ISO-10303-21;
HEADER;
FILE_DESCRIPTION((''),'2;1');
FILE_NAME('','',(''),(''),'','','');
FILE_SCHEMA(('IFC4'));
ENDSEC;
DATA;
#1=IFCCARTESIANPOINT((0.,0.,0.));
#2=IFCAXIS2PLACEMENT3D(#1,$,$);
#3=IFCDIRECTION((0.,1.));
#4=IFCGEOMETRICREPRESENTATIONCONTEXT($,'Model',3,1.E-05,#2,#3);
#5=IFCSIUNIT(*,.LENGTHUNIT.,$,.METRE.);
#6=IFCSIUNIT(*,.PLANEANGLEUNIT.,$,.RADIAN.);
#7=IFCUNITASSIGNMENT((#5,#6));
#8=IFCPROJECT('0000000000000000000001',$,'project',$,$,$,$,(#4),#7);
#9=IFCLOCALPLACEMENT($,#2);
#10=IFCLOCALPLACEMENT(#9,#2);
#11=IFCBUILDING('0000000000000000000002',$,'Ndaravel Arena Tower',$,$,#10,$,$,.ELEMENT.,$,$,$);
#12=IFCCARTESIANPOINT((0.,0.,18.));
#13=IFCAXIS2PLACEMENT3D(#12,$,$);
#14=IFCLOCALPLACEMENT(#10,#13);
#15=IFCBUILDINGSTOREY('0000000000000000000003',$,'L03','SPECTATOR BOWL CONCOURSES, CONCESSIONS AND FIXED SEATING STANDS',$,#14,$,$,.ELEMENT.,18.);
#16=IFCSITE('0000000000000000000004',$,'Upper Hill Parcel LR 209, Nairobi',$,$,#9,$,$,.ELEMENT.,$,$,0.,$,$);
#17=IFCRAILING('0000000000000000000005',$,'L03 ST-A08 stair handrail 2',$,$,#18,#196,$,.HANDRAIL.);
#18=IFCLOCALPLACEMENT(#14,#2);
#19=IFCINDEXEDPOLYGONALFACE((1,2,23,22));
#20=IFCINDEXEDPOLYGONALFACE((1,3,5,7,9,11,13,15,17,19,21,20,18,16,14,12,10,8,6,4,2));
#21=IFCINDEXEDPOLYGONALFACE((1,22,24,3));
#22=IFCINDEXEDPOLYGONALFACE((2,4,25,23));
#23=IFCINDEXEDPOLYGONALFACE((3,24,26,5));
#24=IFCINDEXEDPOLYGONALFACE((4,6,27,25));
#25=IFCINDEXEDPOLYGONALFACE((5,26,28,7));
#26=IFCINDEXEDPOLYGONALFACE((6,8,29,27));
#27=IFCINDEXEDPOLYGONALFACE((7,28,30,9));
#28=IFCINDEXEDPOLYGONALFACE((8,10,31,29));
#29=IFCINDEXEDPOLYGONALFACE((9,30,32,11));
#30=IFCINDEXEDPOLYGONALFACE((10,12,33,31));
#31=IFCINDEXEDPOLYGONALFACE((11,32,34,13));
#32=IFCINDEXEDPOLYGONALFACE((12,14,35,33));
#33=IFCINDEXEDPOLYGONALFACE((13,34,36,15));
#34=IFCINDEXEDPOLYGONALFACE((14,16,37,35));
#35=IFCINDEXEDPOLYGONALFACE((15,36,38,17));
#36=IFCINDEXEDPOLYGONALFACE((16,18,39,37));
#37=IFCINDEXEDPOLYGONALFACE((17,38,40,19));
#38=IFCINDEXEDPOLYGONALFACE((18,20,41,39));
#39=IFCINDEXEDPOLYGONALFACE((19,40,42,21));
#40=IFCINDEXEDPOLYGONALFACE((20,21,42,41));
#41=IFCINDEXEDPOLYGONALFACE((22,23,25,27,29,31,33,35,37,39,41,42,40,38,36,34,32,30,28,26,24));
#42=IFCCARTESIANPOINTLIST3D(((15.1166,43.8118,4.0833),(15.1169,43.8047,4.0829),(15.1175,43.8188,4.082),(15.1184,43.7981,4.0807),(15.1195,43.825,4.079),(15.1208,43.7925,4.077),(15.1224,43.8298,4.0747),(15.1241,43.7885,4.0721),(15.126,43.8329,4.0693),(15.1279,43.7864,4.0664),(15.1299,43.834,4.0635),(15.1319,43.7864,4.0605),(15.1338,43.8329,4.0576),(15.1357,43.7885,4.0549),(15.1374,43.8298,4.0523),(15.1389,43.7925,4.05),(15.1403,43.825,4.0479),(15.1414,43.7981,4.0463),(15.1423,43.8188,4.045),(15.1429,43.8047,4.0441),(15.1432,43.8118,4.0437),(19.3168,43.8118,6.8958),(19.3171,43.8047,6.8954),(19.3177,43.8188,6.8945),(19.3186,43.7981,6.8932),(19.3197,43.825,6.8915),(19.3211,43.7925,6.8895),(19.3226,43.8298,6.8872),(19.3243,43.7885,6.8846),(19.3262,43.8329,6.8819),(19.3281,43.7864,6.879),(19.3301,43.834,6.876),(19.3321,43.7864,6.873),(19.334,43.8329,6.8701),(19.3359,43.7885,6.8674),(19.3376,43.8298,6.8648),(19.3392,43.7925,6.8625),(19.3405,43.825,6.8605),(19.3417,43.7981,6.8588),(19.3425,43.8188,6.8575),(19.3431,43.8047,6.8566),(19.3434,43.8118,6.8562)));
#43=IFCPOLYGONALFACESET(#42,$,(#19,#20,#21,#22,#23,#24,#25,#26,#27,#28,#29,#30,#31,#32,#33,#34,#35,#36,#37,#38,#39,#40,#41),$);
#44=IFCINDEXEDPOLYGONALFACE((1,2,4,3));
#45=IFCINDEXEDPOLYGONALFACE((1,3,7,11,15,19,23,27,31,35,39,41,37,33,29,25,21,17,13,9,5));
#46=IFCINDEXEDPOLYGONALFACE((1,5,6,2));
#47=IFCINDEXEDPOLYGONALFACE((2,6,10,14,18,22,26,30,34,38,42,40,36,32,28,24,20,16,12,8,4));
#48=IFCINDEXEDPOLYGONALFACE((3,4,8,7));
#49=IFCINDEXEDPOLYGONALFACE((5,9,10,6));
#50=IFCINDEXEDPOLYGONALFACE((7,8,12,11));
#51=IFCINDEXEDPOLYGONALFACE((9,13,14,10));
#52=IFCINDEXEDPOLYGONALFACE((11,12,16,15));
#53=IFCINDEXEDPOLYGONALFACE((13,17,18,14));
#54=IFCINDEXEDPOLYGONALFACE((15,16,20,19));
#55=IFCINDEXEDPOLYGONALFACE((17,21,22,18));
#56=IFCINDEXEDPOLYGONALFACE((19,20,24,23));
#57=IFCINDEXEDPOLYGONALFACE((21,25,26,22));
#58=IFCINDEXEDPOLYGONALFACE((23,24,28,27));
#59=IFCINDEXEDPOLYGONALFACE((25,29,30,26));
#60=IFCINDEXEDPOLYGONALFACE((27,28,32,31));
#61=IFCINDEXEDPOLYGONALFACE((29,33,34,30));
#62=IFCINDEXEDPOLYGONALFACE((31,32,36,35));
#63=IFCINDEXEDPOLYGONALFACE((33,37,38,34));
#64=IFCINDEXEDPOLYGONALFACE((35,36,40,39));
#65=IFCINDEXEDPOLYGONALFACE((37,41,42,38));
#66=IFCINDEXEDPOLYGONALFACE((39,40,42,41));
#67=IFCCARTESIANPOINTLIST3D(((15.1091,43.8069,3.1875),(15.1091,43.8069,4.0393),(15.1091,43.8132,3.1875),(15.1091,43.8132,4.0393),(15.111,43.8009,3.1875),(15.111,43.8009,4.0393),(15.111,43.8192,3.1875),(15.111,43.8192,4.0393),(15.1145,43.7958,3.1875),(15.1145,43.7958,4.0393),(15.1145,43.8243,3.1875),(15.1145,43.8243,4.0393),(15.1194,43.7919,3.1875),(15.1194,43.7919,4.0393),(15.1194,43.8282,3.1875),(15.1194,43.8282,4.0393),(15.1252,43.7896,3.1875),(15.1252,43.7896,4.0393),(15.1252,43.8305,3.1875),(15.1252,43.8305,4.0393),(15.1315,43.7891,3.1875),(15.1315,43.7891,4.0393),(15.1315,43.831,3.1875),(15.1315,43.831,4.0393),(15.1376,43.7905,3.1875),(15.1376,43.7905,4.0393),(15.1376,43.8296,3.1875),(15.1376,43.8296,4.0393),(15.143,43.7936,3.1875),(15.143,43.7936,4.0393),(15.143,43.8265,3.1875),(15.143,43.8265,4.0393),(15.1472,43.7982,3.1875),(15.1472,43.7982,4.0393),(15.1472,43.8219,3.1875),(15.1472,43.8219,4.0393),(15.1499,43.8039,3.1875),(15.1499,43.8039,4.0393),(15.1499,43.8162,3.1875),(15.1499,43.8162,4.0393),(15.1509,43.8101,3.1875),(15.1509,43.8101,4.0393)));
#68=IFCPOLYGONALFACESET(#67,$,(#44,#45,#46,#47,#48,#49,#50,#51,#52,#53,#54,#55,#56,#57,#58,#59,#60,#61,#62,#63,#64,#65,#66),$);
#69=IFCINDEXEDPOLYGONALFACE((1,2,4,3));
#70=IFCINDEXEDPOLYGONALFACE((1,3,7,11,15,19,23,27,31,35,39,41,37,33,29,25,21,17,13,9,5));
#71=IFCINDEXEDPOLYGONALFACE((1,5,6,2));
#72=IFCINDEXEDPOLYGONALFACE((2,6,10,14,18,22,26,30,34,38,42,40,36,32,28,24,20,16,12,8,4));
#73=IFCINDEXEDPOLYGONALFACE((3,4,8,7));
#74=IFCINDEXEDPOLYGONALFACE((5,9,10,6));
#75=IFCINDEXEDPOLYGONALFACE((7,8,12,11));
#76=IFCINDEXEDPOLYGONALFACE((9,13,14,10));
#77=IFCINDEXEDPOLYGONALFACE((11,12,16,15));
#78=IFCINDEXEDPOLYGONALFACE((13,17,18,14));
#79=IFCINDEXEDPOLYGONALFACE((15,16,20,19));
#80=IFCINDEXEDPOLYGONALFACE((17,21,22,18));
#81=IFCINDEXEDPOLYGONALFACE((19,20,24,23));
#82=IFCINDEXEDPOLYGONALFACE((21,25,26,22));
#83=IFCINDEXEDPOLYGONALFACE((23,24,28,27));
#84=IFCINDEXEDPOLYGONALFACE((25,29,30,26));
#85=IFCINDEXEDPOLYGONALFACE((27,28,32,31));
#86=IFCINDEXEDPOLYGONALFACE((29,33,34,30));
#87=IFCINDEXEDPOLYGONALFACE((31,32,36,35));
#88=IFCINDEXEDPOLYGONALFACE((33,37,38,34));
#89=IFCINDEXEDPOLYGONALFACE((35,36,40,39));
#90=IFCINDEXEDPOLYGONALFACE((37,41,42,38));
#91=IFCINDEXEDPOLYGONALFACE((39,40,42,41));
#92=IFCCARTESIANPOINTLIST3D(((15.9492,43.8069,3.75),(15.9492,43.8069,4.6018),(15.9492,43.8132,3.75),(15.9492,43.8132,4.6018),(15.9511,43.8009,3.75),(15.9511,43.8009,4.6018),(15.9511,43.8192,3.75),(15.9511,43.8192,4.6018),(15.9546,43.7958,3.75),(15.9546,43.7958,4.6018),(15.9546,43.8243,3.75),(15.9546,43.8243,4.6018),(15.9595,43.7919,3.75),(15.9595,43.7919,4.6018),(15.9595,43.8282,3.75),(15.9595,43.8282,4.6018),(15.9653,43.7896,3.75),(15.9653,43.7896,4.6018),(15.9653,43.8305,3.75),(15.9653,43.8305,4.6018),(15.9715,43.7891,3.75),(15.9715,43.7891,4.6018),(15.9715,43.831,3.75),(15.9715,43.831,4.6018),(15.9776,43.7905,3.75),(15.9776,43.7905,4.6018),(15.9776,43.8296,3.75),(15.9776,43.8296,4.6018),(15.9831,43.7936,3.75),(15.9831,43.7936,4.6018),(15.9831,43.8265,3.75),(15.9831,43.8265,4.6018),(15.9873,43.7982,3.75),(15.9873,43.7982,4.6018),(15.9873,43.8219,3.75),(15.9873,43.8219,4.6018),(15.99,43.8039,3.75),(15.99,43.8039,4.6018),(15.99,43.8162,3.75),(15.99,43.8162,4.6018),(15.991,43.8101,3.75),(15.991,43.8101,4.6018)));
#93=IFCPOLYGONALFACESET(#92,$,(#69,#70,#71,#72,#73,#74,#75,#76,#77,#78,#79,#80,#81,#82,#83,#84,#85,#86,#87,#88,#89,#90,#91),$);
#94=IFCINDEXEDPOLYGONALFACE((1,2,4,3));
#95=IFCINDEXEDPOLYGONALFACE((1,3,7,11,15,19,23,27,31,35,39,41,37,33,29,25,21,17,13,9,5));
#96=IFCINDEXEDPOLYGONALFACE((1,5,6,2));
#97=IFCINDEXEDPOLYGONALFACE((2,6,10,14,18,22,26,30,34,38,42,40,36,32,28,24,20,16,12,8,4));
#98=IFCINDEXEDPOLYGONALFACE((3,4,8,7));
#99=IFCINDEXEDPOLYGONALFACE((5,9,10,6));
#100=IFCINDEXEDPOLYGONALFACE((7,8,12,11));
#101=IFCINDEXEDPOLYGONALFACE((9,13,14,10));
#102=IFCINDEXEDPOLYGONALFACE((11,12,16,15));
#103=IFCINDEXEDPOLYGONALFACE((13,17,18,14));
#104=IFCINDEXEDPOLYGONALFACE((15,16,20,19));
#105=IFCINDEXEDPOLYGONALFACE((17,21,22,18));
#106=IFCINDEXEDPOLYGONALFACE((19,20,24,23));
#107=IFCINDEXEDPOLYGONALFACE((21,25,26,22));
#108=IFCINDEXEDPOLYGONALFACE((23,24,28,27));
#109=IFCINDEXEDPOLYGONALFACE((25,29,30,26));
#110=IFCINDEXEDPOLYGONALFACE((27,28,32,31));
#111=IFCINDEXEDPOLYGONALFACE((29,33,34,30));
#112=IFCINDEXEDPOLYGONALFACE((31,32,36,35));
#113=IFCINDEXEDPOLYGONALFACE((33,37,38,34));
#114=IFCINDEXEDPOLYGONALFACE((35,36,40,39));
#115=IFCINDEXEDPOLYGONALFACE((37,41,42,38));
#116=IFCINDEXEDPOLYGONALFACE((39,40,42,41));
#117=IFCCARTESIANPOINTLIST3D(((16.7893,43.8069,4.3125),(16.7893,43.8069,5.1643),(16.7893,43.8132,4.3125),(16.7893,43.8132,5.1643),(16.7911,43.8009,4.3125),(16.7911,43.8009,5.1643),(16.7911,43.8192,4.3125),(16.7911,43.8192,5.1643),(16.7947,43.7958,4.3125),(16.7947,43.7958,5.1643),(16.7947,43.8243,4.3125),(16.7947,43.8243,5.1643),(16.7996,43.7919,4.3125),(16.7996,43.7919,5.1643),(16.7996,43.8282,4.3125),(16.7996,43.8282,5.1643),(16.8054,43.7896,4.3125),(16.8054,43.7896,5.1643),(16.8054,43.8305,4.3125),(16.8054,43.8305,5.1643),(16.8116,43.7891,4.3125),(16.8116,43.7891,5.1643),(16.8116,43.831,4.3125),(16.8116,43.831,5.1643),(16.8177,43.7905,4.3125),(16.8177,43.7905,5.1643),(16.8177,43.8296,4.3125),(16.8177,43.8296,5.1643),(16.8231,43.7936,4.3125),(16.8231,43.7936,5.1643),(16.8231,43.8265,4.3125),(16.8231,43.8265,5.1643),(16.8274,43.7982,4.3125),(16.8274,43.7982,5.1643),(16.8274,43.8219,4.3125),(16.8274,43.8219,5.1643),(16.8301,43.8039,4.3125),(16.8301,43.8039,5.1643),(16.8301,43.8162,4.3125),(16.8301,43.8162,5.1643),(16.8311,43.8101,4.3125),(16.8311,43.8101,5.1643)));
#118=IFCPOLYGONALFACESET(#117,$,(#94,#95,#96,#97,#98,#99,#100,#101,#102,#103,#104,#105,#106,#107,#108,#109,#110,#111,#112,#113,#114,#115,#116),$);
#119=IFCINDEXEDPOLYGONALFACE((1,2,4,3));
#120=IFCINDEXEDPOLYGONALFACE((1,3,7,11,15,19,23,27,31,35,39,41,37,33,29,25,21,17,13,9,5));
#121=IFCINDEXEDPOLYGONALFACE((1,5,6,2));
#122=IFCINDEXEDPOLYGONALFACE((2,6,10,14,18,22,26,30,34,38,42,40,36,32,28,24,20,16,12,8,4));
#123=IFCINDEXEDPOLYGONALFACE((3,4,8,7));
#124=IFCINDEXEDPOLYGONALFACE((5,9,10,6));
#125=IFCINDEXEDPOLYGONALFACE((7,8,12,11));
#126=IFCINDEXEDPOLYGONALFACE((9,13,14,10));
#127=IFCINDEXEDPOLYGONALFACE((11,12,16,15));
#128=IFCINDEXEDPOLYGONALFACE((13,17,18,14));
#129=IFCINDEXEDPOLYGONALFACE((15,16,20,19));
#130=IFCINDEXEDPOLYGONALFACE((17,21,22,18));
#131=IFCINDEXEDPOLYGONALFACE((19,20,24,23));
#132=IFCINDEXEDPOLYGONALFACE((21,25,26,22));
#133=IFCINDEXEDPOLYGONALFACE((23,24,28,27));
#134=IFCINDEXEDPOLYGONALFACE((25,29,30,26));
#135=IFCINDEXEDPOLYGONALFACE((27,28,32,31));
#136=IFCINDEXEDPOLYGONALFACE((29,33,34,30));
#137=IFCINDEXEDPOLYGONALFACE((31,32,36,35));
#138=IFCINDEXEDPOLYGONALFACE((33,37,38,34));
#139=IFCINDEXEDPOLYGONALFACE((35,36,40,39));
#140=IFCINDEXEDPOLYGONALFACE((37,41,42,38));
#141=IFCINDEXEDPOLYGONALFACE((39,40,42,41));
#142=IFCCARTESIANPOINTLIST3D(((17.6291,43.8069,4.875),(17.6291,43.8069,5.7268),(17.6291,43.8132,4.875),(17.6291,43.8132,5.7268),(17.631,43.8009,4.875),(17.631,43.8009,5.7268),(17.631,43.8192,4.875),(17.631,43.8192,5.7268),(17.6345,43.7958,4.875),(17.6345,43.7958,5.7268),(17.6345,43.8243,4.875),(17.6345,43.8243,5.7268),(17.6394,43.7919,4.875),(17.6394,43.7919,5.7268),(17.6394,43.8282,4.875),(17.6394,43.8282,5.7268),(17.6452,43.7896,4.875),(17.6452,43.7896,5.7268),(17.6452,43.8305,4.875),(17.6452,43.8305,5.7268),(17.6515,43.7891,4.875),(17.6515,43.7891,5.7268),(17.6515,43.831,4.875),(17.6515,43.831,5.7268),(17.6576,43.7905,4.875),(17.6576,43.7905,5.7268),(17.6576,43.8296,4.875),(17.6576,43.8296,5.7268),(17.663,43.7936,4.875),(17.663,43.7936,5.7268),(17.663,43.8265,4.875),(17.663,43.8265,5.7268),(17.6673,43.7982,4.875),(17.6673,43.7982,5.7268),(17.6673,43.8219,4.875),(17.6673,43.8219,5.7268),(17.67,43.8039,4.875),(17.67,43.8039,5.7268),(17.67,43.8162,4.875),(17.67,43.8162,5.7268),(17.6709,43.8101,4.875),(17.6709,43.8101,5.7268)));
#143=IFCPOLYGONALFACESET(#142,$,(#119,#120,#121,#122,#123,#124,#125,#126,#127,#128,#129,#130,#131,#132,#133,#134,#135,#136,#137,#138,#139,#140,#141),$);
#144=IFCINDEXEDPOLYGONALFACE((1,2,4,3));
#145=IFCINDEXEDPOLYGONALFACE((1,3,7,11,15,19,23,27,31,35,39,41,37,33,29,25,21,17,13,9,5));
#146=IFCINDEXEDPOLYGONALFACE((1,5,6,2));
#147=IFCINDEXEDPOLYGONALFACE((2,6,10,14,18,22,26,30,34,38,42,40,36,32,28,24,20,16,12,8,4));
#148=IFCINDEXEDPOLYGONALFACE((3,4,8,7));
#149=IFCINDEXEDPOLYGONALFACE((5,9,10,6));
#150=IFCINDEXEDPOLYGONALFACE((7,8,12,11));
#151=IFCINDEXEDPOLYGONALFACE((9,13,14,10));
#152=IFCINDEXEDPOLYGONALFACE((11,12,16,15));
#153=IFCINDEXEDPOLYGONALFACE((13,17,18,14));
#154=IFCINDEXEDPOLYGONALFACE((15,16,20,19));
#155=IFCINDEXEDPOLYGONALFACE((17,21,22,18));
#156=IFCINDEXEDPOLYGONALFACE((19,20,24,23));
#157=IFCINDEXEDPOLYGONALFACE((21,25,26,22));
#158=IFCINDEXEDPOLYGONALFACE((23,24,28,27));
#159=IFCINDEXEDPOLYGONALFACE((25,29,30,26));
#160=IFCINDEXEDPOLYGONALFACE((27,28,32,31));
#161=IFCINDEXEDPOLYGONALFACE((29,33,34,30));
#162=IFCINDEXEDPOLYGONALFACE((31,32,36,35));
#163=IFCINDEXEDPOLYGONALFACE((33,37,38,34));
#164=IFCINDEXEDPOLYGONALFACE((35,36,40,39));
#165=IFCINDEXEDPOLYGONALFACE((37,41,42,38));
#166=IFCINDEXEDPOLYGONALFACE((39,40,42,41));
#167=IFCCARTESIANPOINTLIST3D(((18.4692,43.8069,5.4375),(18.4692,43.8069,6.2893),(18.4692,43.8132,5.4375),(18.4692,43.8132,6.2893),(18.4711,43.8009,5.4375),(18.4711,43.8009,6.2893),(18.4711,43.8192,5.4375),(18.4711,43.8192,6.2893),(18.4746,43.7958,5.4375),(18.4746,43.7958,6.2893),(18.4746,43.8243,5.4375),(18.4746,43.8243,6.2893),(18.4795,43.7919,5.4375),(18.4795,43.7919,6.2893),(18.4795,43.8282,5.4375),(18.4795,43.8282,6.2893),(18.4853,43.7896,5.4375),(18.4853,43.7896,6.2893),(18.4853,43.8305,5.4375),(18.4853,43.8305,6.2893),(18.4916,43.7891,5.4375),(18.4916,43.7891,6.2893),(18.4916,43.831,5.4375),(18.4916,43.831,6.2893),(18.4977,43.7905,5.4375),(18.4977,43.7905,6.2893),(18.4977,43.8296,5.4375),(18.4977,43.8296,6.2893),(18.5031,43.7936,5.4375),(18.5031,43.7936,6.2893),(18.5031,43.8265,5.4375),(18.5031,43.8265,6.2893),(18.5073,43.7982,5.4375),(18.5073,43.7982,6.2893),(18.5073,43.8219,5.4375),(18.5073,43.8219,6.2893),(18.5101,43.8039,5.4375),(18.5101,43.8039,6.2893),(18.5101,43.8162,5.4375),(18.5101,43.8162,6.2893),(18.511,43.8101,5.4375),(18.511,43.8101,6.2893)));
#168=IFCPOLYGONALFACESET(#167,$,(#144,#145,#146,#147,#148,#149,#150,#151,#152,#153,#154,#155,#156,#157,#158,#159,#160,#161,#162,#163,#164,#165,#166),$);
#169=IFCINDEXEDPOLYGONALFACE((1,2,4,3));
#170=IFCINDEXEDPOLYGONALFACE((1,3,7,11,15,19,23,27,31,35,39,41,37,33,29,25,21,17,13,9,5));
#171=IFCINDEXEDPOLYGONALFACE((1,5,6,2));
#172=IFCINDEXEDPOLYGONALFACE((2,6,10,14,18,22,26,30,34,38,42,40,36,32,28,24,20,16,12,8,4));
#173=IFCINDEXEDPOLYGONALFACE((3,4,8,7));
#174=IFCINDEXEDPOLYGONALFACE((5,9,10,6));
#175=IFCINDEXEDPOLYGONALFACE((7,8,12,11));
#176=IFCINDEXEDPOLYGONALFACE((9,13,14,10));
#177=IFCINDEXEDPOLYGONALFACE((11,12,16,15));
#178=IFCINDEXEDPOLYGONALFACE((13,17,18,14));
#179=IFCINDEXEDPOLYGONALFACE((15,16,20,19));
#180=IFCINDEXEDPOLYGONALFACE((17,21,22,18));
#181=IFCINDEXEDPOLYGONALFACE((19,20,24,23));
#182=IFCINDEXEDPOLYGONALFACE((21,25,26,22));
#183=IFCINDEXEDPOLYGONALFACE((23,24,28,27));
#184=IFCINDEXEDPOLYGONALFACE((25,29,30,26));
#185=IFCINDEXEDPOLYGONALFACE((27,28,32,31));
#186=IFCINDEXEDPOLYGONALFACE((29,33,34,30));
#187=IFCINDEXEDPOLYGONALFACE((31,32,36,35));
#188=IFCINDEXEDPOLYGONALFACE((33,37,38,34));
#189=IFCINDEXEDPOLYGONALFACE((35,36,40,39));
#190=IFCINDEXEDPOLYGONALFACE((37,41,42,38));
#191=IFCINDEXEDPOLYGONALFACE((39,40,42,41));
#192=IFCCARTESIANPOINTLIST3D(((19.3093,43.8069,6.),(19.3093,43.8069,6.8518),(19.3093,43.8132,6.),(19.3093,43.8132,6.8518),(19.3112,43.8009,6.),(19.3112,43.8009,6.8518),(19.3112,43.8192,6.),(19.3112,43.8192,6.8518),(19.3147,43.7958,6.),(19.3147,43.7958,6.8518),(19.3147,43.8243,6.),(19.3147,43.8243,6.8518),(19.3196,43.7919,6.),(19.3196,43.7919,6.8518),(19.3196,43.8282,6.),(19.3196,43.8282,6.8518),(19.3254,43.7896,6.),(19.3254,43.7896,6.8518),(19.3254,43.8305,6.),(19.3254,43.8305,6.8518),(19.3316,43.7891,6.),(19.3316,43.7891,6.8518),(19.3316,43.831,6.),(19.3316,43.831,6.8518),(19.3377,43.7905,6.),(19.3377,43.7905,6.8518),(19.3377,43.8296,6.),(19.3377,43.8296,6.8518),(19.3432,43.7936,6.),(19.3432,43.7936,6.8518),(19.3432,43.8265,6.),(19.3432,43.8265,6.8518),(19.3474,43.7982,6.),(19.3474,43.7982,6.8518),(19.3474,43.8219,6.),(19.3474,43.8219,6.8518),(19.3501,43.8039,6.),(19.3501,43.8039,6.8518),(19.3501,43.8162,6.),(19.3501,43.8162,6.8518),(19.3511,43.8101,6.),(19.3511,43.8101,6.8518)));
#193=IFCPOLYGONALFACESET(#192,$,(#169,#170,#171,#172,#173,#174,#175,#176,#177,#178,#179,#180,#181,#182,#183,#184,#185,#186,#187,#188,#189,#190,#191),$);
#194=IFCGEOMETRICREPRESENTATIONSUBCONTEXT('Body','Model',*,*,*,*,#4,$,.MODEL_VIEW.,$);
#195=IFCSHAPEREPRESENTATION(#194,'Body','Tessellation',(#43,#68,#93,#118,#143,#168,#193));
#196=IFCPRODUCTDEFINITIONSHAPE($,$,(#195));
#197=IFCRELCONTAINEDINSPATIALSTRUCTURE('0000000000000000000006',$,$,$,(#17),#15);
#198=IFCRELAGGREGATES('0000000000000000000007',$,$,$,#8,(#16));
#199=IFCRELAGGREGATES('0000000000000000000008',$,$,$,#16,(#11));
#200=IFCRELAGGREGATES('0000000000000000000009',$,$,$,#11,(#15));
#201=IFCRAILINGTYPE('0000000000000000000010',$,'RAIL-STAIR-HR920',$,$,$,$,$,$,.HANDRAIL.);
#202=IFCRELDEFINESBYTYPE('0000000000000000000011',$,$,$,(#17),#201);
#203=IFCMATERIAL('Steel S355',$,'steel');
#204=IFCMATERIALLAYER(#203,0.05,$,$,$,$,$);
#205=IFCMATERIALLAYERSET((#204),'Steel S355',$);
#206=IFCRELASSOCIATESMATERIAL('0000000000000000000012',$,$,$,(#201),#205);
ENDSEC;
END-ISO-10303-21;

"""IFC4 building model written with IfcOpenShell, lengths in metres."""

from ifc_helpers import new_model, si_unit, direction, frame, origin, origin_2d, place, context, subcontext, project, spatial, circle, extrude, material, layer, layer_set, type_object, element, save


model = new_model("IFC4")

# Units and contexts
model_context = context("Model", 3, precision=1e-05, world=origin(), true_north=direction((0.0, 1.0)))
body_context = subcontext(model_context, "Body", "Model", "MODEL_VIEW")
ifc_project = project(units=[si_unit("LENGTHUNIT", "METRE"), si_unit("PLANEANGLEUNIT", "RADIAN")], contexts=[model_context])

# Site, building, storey
site_placement = place(None, origin())
site = spatial("IfcSite", under=ifc_project, at=site_placement, Name="Upper Hill Parcel LR 209, Nairobi", CompositionType="ELEMENT", RefElevation=0.0)
building_placement = place(site_placement, origin())
building = spatial("IfcBuilding", under=site, at=building_placement, Name="Ndaravel Arena Tower", CompositionType="ELEMENT")
storey_placement = place(building_placement, frame((0.0, 0.0, 18.0)))
storey = spatial("IfcBuildingStorey", under=building, at=storey_placement, Name="L03", Description="SPECTATOR BOWL CONCOURSES, CONCESSIONS AND FIXED SEATING STANDS", CompositionType="ELEMENT", Elevation=18.0)

# Railing
ifc_material_1 = material(Name="Steel S355", Category="steel")
ifc_layer_1 = layer(ifc_material_1, 0.05)
ifc_layer_set_1 = layer_set([ifc_layer_1], Name="Steel S355")
railing_type_1 = type_object("IfcRailingType", Name="RAIL-STAIR-HR920", PredefinedType="HANDRAIL", material=ifc_layer_set_1)
railing_1_placement = place(storey_placement, frame((15.1299, 43.8101, 3.1875)))
element("IfcRailing", 1, at=railing_1_placement, inside=storey, type_object=railing_type_1, Name="L03 ST-A08 stair handrail 2", PredefinedType="HANDRAIL", context=body_context, shape_type="SweptSolid", body=[
    extrude(circle(Radius=0.0239, at=origin_2d()), frame((0.0, 0.0, 0.876), z_axis=(0.830919, 0.0, 0.556393), x_axis=(0.0, 1.0, 0.0)), (0.0, 0.0, 1.0), 5.0549),
    extrude(circle(Radius=0.021, at=origin_2d()), origin(), (0.0, 0.0, 1.0), 0.8518),
    extrude(circle(Radius=0.021, at=origin_2d()), frame((0.8401, 0.0, 0.5625)), (0.0, 0.0, 1.0), 0.8518),
    extrude(circle(Radius=0.021, at=origin_2d()), frame((1.6802, 0.0, 1.125)), (0.0, 0.0, 1.0), 0.8518),
    extrude(circle(Radius=0.021, at=origin_2d()), frame((2.52, 0.0, 1.6875)), (0.0, 0.0, 1.0), 0.8518),
    extrude(circle(Radius=0.021, at=origin_2d()), frame((3.3601, 0.0, 2.25)), (0.0, 0.0, 1.0), 0.8518),
    extrude(circle(Radius=0.021, at=origin_2d()), frame((4.2002, 0.0, 2.8125)), (0.0, 0.0, 1.0), 0.8518),
])

save(model, "model.ifc")
